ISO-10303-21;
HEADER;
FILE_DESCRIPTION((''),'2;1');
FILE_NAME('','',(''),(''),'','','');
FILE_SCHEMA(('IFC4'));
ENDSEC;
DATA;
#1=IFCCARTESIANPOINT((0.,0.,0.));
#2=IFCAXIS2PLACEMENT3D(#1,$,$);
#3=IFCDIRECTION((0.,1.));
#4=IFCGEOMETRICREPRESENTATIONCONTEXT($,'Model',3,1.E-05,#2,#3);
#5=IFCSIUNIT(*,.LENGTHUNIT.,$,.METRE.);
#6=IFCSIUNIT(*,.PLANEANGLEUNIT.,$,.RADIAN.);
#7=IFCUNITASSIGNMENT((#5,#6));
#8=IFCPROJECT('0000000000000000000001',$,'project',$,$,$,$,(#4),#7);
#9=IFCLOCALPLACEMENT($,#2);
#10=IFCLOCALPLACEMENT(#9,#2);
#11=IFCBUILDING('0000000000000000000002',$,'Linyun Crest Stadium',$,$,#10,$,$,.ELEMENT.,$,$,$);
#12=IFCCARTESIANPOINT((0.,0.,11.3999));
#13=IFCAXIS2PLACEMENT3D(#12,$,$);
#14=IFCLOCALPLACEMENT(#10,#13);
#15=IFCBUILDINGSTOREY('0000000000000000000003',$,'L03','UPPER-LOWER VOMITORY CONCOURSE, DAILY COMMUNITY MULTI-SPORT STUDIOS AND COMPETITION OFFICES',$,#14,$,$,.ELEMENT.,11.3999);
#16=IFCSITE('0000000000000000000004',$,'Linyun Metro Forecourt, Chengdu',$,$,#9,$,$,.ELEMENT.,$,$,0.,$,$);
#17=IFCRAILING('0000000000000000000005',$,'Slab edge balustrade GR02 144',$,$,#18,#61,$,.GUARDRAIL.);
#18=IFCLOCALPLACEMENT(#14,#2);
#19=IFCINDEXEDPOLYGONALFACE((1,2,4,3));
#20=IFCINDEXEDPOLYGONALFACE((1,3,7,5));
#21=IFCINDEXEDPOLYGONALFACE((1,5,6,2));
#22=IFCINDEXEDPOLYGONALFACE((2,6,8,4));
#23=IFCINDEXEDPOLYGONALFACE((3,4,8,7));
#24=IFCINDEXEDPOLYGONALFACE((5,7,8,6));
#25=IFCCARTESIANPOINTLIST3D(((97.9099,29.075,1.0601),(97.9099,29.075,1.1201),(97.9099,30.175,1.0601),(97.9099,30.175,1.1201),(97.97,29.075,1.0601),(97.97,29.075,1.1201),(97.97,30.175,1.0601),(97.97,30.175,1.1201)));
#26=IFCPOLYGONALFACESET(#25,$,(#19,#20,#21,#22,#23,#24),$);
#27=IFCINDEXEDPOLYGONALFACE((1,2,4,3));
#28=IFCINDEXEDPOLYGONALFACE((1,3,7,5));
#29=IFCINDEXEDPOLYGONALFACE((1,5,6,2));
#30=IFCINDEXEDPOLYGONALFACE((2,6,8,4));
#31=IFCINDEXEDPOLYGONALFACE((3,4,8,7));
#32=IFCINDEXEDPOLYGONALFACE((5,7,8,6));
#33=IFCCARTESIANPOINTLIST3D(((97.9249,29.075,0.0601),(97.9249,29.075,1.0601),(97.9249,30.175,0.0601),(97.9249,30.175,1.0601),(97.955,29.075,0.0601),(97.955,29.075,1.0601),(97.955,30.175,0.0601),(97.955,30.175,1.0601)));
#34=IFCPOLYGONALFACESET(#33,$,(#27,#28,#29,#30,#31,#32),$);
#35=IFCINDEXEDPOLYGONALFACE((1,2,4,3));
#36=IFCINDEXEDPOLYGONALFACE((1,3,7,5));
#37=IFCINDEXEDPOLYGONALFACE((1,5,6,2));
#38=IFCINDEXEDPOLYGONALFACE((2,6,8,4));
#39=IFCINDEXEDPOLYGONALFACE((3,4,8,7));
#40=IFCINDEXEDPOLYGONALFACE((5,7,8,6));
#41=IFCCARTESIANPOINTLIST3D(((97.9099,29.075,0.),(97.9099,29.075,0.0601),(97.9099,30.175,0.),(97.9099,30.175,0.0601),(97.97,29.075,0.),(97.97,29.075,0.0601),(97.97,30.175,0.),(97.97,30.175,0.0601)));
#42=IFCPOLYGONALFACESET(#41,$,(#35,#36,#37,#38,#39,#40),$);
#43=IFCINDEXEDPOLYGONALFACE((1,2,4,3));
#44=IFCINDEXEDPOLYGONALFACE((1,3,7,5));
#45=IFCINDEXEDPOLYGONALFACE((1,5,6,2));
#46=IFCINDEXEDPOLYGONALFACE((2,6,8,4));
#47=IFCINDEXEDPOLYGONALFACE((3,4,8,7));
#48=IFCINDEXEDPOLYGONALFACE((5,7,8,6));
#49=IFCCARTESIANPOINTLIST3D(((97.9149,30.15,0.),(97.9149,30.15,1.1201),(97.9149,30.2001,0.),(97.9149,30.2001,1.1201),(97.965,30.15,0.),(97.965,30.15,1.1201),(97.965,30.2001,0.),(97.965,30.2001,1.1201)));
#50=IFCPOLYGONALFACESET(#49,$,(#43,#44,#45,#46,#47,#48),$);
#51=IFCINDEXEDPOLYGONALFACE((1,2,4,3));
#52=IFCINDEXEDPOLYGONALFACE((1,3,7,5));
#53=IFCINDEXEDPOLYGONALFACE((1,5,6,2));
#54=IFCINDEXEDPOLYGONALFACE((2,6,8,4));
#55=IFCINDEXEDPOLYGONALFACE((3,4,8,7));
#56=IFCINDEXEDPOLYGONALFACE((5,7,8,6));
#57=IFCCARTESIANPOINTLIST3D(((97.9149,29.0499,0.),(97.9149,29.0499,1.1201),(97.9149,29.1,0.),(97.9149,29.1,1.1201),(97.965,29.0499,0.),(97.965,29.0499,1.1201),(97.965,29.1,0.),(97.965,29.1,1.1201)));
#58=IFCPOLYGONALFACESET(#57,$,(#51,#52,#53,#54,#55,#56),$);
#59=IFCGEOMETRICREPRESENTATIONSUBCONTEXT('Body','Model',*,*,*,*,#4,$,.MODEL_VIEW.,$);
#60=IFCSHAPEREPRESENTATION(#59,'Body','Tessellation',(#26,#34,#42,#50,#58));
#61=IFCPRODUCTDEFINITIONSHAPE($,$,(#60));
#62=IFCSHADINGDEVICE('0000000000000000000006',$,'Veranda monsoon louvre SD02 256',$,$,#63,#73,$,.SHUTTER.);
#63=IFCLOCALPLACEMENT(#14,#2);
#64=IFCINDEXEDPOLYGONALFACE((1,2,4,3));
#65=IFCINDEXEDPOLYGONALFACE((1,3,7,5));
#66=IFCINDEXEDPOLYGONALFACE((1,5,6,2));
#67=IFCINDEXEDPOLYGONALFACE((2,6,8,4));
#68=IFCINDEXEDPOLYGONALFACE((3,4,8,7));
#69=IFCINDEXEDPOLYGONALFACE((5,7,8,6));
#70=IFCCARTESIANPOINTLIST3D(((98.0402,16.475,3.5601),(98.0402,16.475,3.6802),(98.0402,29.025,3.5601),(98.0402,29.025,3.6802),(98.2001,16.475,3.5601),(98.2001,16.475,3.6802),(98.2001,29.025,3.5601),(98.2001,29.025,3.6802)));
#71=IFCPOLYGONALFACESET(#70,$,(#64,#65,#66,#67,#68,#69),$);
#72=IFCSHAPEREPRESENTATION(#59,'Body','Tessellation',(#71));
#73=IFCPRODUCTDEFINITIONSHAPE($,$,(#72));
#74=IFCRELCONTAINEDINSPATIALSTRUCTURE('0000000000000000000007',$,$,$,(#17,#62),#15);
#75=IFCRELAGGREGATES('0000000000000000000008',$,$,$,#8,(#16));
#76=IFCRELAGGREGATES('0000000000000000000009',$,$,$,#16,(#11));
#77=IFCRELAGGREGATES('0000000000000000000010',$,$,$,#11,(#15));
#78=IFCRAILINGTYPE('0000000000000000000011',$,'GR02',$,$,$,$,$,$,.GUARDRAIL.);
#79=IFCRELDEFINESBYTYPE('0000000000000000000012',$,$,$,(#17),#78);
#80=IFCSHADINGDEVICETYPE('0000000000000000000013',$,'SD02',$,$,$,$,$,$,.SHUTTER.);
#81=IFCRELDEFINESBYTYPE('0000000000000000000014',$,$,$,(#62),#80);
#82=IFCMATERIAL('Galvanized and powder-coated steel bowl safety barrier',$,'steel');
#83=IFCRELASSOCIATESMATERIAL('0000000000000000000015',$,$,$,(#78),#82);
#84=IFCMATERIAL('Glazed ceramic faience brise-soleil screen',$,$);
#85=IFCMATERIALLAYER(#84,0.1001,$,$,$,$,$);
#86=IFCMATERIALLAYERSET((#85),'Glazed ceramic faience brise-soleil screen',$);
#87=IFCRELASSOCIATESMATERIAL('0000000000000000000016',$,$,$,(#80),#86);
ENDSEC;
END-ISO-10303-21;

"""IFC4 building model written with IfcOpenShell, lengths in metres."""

from ifc_helpers import new_model, si_unit, direction, frame, origin, origin_2d, place, context, subcontext, project, spatial, rectangle, extrude, material, layer, layer_set, type_object, element, save


model = new_model("IFC4")

# Units and contexts
model_context = context("Model", 3, precision=1e-05, world=origin(), true_north=direction((0.0, 1.0)))
body_context = subcontext(model_context, "Body", "Model", "MODEL_VIEW")
ifc_project = project(units=[si_unit("LENGTHUNIT", "METRE"), si_unit("PLANEANGLEUNIT", "RADIAN")], contexts=[model_context])

# Site, building, storey
site_placement = place(None, origin())
site = spatial("IfcSite", under=ifc_project, at=site_placement, Name="Linyun Metro Forecourt, Chengdu", CompositionType="ELEMENT", RefElevation=0.0)
building_placement = place(site_placement, origin())
building = spatial("IfcBuilding", under=site, at=building_placement, Name="Linyun Crest Stadium", CompositionType="ELEMENT")
storey_placement = place(building_placement, frame((0.0, 0.0, 11.3999)))
storey = spatial("IfcBuildingStorey", under=building, at=storey_placement, Name="L03", Description="UPPER-LOWER VOMITORY CONCOURSE, DAILY COMMUNITY MULTI-SPORT STUDIOS AND COMPETITION OFFICES", CompositionType="ELEMENT", Elevation=11.3999)

# Railing
ifc_material_1 = material(Name="Galvanized and powder-coated steel bowl safety barrier", Category="steel")
railing_type = type_object("IfcRailingType", Name="GR02", PredefinedType="GUARDRAIL", material=ifc_material_1)
railing_placement = place(storey_placement, frame((97.9399, 30.175, 0.0)))
element("IfcRailing", 1, at=railing_placement, inside=storey, type_object=railing_type, Name="Slab edge balustrade GR02 144", PredefinedType="GUARDRAIL", context=body_context, shape_type="SweptSolid", body=[
    extrude(rectangle(XDim=0.0601, YDim=0.0601, at=origin_2d()), frame((0.0, 0.0, 1.0901), z_axis=(0.0, -1.0, 0.0), x_axis=(1.0, 0.0, 0.0)), (0.0, 0.0, 1.0), 1.1001),
    extrude(rectangle(XDim=0.03, YDim=1.0, at=origin_2d()), frame((0.0, 0.0, 0.5601), z_axis=(0.0, -1.0, 0.0), x_axis=(1.0, 0.0, 0.0)), (0.0, 0.0, 1.0), 1.1001),
    extrude(rectangle(XDim=0.0601, YDim=0.0601, at=origin_2d()), frame((0.0, 0.0, 0.03), z_axis=(0.0, -1.0, 0.0), x_axis=(1.0, 0.0, 0.0)), (0.0, 0.0, 1.0), 1.1001),
    extrude(rectangle(XDim=0.05, YDim=0.05, at=origin_2d()), origin(), (0.0, 0.0, 1.0), 1.1201),
    extrude(rectangle(XDim=0.05, YDim=0.05, at=origin_2d()), frame((0.0, -1.1001, 0.0)), (0.0, 0.0, 1.0), 1.1201),
])

# Shading device
ifc_material_2 = material(Name="Glazed ceramic faience brise-soleil screen")
ifc_layer_1 = layer(ifc_material_2, 0.1001)
ifc_layer_set_1 = layer_set([ifc_layer_1], Name="Glazed ceramic faience brise-soleil screen")
shading_device_type = type_object("IfcShadingDeviceType", Name="SD02", PredefinedType="SHUTTER", material=ifc_layer_set_1)
shading_device_placement = place(storey_placement, frame((98.1201, 22.75, 3.5601), z_axis=(0.0, 0.0, 1.0), x_axis=(1.0, 0.0, 0.0)))
element("IfcShadingDevice", 2, at=shading_device_placement, inside=storey, type_object=shading_device_type, Name="Veranda monsoon louvre SD02 256", PredefinedType="SHUTTER", context=body_context, shape_type="SweptSolid", body=[
    extrude(rectangle(XDim=0.1599, YDim=12.55, at=origin_2d()), origin(), (0.0, 0.0, 1.0), 0.1201),
])

save(model, "model.ifc")
